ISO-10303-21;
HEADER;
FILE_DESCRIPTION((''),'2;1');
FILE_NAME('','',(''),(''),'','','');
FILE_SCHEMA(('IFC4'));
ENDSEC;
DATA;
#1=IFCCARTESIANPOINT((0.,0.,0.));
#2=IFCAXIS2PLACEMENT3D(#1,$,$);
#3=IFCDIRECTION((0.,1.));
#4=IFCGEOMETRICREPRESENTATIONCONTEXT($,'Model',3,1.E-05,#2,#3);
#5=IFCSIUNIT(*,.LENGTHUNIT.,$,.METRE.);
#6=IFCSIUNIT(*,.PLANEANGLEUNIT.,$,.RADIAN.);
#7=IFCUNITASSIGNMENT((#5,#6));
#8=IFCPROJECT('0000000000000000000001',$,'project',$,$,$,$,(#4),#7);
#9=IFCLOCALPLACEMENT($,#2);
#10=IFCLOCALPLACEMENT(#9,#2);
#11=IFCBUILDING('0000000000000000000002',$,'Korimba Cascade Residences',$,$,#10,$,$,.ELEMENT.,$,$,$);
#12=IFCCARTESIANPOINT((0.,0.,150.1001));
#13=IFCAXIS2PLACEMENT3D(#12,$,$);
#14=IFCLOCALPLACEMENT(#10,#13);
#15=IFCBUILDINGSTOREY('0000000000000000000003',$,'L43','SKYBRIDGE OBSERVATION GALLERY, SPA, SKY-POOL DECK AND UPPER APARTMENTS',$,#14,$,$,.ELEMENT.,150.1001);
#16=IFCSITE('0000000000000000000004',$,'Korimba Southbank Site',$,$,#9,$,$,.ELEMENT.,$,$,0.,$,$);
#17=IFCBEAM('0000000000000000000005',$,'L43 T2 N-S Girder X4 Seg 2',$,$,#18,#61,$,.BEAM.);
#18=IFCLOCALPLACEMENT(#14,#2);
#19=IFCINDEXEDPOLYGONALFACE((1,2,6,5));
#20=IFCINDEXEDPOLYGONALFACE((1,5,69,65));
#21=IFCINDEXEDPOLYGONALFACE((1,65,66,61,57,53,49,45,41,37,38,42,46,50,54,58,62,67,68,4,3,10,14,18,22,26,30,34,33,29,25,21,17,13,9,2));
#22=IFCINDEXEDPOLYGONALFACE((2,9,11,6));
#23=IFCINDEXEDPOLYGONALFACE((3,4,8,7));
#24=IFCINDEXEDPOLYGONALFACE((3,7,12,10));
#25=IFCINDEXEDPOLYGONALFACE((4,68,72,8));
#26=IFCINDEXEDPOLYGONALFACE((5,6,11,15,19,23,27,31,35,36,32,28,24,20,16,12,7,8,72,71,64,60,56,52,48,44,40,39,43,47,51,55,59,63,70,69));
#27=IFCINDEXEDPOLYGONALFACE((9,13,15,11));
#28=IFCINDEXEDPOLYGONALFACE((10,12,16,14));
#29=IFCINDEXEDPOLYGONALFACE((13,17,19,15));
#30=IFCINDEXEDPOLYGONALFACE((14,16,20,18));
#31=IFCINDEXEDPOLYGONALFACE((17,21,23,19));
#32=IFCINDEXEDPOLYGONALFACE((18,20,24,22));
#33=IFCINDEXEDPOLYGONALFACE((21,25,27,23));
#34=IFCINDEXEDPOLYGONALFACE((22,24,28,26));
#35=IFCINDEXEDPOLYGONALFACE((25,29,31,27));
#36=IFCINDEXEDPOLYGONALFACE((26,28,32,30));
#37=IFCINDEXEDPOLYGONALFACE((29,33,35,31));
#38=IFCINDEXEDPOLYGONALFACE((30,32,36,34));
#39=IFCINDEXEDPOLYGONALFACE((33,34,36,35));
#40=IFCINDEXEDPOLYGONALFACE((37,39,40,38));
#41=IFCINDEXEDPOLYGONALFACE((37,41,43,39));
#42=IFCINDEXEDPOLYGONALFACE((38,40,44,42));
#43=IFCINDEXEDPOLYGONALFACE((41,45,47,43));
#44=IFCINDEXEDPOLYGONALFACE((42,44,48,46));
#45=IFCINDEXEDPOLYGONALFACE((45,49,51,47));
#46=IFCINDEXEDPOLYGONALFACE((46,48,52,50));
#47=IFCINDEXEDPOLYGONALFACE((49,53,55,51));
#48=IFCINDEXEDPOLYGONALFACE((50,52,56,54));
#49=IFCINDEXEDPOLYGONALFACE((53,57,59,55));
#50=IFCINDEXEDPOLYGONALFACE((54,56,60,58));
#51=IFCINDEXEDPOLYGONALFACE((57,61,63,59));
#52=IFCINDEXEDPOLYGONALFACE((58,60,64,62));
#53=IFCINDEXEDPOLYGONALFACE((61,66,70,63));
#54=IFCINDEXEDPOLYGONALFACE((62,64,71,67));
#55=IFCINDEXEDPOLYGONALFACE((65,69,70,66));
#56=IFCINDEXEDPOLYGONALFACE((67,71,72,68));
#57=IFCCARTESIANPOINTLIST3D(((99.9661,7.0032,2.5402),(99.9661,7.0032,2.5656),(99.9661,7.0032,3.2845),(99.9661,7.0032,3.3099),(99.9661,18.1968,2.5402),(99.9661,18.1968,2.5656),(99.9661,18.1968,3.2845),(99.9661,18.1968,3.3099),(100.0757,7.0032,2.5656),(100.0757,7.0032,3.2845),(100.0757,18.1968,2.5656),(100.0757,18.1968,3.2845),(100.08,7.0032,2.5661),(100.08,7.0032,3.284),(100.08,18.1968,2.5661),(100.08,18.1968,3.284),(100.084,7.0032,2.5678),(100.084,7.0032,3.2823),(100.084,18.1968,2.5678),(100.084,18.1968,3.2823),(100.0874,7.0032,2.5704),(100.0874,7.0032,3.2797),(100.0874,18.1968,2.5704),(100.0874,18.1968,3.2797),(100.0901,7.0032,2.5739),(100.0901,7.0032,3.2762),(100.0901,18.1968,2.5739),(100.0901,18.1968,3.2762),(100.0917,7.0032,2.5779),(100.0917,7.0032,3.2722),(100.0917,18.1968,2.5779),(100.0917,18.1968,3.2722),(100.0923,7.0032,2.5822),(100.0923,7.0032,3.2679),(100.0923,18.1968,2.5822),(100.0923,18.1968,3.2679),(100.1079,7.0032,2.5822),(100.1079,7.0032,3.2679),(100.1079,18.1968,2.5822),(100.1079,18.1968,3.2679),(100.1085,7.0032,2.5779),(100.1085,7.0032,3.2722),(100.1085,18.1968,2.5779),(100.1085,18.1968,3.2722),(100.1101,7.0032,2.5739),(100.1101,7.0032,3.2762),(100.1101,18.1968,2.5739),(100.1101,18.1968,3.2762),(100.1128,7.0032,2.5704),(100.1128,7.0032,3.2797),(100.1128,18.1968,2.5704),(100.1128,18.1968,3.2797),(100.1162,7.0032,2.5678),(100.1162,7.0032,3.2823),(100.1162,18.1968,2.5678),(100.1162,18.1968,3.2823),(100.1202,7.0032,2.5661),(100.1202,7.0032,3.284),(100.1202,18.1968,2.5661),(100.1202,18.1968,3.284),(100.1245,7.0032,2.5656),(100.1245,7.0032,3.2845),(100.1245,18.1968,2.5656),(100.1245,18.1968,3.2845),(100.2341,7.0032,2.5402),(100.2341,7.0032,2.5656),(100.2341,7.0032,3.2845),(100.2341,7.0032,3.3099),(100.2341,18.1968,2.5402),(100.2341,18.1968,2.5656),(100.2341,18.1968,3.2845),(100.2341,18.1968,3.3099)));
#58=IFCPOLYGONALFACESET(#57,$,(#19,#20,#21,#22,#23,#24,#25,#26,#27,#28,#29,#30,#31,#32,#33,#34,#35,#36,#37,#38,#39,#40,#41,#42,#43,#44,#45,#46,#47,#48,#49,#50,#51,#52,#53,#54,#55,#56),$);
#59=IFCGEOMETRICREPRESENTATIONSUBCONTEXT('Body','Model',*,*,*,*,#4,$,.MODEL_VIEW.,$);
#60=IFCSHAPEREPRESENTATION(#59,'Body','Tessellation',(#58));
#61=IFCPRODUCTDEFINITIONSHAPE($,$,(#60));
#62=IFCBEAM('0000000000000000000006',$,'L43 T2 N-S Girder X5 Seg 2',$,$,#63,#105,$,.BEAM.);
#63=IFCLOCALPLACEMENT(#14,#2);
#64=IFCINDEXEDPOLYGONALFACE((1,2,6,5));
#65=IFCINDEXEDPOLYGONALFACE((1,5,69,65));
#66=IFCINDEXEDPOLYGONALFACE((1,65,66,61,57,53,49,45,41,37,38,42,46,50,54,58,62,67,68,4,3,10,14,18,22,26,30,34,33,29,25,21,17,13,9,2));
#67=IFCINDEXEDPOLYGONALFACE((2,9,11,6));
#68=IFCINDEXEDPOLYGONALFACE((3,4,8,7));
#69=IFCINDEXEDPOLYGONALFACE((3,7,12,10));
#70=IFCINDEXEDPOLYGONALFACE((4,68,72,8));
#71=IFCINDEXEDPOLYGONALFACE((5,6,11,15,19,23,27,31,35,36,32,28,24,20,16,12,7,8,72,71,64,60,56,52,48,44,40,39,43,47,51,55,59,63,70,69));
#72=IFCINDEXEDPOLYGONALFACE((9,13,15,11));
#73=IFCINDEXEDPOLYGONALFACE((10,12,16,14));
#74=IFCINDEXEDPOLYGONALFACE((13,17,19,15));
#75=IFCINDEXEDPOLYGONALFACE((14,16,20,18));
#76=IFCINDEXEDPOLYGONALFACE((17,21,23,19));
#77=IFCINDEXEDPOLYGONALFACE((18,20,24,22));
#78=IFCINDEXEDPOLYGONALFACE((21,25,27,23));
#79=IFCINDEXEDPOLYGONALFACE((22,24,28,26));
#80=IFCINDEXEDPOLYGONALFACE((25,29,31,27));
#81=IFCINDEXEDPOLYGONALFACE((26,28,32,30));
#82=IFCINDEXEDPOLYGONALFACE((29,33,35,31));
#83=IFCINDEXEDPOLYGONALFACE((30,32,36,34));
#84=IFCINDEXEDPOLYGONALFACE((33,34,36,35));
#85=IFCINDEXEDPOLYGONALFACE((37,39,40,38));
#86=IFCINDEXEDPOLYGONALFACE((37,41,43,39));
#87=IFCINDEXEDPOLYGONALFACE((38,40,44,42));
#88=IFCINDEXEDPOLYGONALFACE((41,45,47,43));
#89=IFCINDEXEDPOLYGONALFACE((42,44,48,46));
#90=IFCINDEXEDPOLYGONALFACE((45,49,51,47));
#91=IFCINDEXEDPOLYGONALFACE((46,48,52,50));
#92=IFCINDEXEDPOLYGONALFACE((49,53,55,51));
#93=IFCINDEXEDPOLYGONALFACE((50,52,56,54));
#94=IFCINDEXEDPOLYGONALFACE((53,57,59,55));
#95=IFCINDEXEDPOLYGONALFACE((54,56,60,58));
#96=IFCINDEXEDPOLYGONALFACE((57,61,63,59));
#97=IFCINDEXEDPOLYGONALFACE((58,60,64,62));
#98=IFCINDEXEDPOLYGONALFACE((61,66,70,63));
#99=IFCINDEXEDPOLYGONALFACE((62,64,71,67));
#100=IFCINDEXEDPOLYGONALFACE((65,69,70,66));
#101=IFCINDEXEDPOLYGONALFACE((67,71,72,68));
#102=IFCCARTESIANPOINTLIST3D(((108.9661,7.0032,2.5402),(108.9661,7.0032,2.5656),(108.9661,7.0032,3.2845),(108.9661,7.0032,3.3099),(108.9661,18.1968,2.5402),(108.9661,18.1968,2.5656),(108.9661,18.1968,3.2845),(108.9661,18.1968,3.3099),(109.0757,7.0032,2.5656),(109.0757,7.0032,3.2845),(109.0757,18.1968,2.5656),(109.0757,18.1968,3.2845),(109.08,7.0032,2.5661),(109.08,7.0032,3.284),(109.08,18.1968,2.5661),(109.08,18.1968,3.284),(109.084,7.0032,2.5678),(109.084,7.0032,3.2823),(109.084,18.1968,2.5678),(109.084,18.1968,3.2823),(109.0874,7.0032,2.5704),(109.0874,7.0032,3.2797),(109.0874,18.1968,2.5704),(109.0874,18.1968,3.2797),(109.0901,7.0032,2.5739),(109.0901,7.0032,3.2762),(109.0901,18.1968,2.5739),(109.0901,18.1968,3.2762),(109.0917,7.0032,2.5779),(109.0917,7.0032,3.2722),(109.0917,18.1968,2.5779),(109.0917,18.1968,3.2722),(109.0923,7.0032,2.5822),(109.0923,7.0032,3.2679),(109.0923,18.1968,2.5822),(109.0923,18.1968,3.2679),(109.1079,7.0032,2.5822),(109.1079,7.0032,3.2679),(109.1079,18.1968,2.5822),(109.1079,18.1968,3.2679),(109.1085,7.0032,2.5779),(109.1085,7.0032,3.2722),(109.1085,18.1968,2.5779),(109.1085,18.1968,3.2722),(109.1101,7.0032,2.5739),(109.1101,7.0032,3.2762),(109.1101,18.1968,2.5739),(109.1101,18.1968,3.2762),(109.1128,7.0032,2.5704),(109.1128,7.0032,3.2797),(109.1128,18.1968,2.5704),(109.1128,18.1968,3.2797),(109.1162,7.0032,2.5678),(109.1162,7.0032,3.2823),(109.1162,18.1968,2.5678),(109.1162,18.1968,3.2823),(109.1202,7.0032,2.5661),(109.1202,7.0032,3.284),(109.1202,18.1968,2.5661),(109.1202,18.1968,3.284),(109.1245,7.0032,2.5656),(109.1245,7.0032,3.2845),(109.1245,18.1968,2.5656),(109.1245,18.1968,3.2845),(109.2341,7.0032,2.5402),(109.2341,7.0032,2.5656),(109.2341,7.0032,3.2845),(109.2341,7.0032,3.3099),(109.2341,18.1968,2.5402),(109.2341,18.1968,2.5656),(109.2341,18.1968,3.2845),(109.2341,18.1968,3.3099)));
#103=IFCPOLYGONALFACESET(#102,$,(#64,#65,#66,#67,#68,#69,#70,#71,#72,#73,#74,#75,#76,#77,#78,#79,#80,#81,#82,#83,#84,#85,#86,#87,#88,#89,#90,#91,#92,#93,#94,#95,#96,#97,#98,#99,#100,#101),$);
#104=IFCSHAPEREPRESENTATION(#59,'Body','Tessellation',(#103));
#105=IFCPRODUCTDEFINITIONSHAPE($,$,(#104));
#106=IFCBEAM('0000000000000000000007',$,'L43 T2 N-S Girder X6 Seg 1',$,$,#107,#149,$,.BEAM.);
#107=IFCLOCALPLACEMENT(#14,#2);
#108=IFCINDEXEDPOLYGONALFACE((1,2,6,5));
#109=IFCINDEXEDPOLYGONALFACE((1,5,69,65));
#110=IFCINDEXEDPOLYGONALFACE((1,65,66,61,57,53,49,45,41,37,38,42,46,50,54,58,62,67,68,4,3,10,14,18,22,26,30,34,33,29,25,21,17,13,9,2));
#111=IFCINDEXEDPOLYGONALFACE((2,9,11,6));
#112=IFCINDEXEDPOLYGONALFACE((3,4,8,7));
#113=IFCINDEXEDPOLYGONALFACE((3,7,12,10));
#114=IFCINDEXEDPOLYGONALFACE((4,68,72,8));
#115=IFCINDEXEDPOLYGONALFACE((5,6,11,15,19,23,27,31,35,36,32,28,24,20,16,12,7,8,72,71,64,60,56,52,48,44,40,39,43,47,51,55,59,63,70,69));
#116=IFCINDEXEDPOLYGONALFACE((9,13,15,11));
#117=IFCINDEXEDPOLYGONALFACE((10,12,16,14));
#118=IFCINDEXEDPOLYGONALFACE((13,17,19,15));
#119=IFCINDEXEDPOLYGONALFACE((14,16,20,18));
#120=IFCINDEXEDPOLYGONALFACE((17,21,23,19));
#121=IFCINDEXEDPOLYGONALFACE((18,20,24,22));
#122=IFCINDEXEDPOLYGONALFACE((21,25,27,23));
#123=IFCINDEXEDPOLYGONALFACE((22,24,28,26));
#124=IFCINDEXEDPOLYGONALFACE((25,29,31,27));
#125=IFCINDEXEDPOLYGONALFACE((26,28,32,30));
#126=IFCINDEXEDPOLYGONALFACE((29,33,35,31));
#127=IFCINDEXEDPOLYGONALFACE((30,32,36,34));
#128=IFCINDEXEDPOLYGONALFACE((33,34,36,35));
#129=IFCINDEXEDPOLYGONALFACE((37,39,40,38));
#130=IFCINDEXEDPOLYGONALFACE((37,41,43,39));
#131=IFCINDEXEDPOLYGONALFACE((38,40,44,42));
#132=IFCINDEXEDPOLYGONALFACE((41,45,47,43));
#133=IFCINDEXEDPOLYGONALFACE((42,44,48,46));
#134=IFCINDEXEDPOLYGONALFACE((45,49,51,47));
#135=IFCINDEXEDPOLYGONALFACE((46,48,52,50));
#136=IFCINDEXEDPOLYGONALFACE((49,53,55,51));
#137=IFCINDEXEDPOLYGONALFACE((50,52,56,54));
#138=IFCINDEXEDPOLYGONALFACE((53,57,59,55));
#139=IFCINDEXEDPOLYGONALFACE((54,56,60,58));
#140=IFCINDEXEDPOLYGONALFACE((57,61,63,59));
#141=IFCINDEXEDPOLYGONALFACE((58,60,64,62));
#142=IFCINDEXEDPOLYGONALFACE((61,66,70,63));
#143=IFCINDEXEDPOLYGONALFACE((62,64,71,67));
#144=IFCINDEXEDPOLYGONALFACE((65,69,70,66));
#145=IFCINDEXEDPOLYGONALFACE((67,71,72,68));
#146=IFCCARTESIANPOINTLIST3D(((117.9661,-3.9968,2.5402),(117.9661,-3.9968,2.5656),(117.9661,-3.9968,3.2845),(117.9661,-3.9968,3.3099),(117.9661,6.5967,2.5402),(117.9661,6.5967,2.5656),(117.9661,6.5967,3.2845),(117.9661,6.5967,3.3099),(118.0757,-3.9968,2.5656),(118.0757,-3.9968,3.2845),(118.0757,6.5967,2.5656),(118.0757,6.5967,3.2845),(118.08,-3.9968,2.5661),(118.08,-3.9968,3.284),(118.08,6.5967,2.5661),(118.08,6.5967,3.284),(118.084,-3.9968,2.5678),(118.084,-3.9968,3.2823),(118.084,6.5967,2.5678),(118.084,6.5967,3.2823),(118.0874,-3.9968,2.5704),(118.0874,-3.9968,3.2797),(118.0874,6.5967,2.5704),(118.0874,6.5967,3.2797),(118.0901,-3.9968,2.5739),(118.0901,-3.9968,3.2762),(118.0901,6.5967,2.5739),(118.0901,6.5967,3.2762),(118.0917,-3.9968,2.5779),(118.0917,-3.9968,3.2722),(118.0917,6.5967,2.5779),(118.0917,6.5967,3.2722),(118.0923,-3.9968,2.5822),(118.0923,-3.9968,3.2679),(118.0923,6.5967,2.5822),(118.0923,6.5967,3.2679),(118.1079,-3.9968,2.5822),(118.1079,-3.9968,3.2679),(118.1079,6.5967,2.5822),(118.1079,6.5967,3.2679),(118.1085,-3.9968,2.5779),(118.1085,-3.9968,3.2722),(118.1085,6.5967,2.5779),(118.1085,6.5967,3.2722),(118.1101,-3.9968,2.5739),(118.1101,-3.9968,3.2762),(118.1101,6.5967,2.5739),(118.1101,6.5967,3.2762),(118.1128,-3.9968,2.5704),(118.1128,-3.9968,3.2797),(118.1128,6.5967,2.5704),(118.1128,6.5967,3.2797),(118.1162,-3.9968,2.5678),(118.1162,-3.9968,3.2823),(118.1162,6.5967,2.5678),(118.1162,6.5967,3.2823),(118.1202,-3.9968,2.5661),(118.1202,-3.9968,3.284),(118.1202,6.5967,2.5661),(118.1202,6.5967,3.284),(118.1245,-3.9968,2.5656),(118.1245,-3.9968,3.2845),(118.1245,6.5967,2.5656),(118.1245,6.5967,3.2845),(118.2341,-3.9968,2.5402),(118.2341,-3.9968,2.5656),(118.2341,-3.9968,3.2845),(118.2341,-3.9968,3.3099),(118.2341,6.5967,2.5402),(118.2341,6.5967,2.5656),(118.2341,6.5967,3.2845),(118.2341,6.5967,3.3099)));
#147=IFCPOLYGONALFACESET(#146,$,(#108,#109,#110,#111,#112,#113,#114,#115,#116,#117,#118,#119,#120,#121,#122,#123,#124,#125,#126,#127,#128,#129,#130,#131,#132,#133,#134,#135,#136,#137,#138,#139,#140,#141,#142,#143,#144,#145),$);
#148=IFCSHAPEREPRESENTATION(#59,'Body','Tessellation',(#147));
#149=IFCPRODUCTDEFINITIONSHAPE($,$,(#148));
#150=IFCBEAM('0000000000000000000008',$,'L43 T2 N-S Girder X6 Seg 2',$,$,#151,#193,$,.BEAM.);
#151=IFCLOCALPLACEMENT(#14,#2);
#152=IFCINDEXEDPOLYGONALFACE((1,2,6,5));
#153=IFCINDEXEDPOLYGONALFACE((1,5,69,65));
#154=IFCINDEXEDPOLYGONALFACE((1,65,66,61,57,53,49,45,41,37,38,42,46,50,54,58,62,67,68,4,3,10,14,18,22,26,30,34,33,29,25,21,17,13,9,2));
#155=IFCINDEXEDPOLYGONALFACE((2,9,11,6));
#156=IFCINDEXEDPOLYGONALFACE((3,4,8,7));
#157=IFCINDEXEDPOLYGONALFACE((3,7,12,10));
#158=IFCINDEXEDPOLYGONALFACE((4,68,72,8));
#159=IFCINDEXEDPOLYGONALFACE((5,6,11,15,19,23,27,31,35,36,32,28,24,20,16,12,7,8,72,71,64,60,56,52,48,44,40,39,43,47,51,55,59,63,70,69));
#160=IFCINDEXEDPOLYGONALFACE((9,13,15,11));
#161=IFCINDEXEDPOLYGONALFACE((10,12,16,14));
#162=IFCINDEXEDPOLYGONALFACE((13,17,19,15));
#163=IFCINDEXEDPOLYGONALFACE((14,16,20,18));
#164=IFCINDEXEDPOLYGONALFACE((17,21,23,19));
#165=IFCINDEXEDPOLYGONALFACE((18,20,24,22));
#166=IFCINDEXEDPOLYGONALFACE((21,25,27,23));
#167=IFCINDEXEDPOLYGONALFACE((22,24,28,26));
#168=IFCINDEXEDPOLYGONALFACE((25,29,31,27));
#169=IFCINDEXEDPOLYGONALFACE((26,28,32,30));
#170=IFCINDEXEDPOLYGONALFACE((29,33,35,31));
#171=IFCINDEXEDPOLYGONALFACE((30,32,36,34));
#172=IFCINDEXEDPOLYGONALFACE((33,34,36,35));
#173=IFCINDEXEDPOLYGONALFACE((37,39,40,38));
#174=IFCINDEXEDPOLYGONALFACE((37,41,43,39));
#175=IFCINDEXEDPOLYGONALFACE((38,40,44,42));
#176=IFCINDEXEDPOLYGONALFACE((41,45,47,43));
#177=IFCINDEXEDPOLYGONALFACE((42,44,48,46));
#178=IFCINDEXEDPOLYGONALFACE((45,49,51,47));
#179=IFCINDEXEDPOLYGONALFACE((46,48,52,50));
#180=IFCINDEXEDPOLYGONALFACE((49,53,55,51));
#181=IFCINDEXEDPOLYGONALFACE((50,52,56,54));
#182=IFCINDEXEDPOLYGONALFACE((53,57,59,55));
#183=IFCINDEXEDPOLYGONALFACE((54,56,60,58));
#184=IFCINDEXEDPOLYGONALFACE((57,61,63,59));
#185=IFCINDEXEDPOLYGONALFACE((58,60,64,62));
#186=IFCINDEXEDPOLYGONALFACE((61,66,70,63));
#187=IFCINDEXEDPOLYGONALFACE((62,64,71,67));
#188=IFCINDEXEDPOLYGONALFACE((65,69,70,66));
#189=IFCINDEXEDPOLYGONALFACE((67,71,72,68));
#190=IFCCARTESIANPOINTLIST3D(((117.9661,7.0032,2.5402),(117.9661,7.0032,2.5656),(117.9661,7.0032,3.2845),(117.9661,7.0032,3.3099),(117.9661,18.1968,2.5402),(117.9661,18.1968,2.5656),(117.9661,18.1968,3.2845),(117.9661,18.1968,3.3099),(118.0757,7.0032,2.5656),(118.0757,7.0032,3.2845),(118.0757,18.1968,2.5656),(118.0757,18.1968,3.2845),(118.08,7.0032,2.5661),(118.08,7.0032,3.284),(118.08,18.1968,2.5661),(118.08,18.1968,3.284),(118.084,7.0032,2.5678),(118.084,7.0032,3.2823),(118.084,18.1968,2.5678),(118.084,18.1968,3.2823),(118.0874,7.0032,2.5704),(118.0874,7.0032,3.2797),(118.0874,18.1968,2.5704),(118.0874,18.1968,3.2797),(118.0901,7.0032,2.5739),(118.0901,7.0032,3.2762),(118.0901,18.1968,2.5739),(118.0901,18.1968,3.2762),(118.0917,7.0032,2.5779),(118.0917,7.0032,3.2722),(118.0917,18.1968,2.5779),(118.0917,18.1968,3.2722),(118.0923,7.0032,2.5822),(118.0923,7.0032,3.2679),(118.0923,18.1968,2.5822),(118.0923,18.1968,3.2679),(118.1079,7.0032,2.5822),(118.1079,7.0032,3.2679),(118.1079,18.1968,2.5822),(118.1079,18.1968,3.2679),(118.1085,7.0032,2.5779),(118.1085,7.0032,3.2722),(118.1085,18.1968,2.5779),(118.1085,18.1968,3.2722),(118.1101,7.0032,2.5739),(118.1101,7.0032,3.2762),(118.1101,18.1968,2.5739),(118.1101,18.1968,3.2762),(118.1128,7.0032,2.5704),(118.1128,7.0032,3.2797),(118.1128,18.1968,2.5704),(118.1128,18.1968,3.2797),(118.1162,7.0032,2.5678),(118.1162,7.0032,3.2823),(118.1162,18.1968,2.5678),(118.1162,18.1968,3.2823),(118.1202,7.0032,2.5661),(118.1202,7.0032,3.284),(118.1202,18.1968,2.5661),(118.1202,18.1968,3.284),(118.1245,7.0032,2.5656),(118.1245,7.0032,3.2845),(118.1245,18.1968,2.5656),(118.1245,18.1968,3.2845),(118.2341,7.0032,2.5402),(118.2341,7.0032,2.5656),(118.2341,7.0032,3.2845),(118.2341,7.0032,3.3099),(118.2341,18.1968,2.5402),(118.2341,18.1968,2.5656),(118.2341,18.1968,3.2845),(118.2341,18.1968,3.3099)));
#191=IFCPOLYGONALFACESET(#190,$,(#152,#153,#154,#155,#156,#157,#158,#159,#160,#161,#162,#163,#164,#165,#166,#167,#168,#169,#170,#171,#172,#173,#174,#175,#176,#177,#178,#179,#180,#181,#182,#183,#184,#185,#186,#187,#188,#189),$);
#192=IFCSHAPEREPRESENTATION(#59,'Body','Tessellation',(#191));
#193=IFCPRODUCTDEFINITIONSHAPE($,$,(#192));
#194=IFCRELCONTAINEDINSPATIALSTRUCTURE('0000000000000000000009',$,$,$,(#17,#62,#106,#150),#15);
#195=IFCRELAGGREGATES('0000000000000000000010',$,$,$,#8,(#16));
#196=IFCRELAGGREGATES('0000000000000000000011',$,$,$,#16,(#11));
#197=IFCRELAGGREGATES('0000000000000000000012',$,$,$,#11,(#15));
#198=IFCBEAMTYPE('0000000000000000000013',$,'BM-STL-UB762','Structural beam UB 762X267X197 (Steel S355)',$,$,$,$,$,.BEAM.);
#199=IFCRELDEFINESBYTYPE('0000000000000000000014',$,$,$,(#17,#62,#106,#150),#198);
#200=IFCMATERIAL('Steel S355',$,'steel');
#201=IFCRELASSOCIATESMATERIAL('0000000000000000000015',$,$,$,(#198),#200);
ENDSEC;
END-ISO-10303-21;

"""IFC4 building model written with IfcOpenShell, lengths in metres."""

from ifc_helpers import new_model, si_unit, direction, frame, origin, origin_2d, place, context, subcontext, project, spatial, i_section, extrude, material, material_profile, profile_set, type_object, element, save


model = new_model("IFC4")

# Units and contexts
model_context = context("Model", 3, precision=1e-05, world=origin(), true_north=direction((0.0, 1.0)))
body_context = subcontext(model_context, "Body", "Model", "MODEL_VIEW")
ifc_project = project(units=[si_unit("LENGTHUNIT", "METRE"), si_unit("PLANEANGLEUNIT", "RADIAN")], contexts=[model_context])

# Site, building, storey
site_placement = place(None, origin())
site = spatial("IfcSite", under=ifc_project, at=site_placement, Name="Korimba Southbank Site", CompositionType="ELEMENT", RefElevation=0.0)
building_placement = place(site_placement, origin())
building = spatial("IfcBuilding", under=site, at=building_placement, Name="Korimba Cascade Residences", CompositionType="ELEMENT")
storey_placement = place(building_placement, frame((0.0, 0.0, 150.1001)))
storey = spatial("IfcBuildingStorey", under=building, at=storey_placement, Name="L43", Description="SKYBRIDGE OBSERVATION GALLERY, SPA, SKY-POOL DECK AND UPPER APARTMENTS", CompositionType="ELEMENT", Elevation=150.1001)

# Beams
ifc_material_1 = material(Name="Steel S355", Category="steel")
ifc_material_profile_1 = material_profile(ifc_material_1, i_section(OverallWidth=0.2681, OverallDepth=0.7698, WebThickness=0.0156, FlangeThickness=0.0254, FilletRadius=0.0166, at=origin_2d()), Name="Steel S355")
ifc_profile_set_1 = profile_set([ifc_material_profile_1], Name="Steel S355")
beam_type_1 = type_object("IfcBeamType", Name="BM-STL-UB762", Description="Structural beam UB 762X267X197 (Steel S355)", PredefinedType="BEAM", material=ifc_profile_set_1)
for number, where, z_axis, x_axis, name in (
    (1, (100.1001, 7.0032, 2.925), (0.0, 1.0, 0.0), (-1.0, 0.0, 0.0), "L43 T2 N-S Girder X4 Seg 2"),
    (2, (109.1001, 7.0032, 2.925), (0.0, 1.0, 0.0), (-1.0, 0.0, 0.0), "L43 T2 N-S Girder X5 Seg 2"),
):
    element("IfcBeam", number, at=place(storey_placement, frame(where, z_axis=z_axis, x_axis=x_axis)), inside=storey, type_object=beam_type_1, Name=name, PredefinedType="BEAM", context=body_context, shape_type="SweptSolid", body=[
        extrude(i_section(OverallWidth=0.2681, OverallDepth=0.7698, WebThickness=0.0156, FlangeThickness=0.0254, FilletRadius=0.0166, at=origin_2d()), origin(), (0.0, 0.0, 1.0), 11.1936),
    ])
beam_1_placement = place(storey_placement, frame((118.1001, -3.9968, 2.925), z_axis=(0.0, 1.0, 0.0), x_axis=(-1.0, 0.0, 0.0)))
element("IfcBeam", 3, at=beam_1_placement, inside=storey, type_object=beam_type_1, Name="L43 T2 N-S Girder X6 Seg 1", PredefinedType="BEAM", context=body_context, shape_type="SweptSolid", body=[
    extrude(i_section(OverallWidth=0.2681, OverallDepth=0.7698, WebThickness=0.0156, FlangeThickness=0.0254, FilletRadius=0.0166, at=origin_2d()), origin(), (0.0, 0.0, 1.0), 10.5935),
])
beam_2_placement = place(storey_placement, frame((118.1001, 7.0032, 2.925), z_axis=(0.0, 1.0, 0.0), x_axis=(-1.0, 0.0, 0.0)))
element("IfcBeam", 4, at=beam_2_placement, inside=storey, type_object=beam_type_1, Name="L43 T2 N-S Girder X6 Seg 2", PredefinedType="BEAM", context=body_context, shape_type="SweptSolid", body=[
    extrude(i_section(OverallWidth=0.2681, OverallDepth=0.7698, WebThickness=0.0156, FlangeThickness=0.0254, FilletRadius=0.0166, at=origin_2d()), origin(), (0.0, 0.0, 1.0), 11.1936),
])

save(model, "model.ifc")
